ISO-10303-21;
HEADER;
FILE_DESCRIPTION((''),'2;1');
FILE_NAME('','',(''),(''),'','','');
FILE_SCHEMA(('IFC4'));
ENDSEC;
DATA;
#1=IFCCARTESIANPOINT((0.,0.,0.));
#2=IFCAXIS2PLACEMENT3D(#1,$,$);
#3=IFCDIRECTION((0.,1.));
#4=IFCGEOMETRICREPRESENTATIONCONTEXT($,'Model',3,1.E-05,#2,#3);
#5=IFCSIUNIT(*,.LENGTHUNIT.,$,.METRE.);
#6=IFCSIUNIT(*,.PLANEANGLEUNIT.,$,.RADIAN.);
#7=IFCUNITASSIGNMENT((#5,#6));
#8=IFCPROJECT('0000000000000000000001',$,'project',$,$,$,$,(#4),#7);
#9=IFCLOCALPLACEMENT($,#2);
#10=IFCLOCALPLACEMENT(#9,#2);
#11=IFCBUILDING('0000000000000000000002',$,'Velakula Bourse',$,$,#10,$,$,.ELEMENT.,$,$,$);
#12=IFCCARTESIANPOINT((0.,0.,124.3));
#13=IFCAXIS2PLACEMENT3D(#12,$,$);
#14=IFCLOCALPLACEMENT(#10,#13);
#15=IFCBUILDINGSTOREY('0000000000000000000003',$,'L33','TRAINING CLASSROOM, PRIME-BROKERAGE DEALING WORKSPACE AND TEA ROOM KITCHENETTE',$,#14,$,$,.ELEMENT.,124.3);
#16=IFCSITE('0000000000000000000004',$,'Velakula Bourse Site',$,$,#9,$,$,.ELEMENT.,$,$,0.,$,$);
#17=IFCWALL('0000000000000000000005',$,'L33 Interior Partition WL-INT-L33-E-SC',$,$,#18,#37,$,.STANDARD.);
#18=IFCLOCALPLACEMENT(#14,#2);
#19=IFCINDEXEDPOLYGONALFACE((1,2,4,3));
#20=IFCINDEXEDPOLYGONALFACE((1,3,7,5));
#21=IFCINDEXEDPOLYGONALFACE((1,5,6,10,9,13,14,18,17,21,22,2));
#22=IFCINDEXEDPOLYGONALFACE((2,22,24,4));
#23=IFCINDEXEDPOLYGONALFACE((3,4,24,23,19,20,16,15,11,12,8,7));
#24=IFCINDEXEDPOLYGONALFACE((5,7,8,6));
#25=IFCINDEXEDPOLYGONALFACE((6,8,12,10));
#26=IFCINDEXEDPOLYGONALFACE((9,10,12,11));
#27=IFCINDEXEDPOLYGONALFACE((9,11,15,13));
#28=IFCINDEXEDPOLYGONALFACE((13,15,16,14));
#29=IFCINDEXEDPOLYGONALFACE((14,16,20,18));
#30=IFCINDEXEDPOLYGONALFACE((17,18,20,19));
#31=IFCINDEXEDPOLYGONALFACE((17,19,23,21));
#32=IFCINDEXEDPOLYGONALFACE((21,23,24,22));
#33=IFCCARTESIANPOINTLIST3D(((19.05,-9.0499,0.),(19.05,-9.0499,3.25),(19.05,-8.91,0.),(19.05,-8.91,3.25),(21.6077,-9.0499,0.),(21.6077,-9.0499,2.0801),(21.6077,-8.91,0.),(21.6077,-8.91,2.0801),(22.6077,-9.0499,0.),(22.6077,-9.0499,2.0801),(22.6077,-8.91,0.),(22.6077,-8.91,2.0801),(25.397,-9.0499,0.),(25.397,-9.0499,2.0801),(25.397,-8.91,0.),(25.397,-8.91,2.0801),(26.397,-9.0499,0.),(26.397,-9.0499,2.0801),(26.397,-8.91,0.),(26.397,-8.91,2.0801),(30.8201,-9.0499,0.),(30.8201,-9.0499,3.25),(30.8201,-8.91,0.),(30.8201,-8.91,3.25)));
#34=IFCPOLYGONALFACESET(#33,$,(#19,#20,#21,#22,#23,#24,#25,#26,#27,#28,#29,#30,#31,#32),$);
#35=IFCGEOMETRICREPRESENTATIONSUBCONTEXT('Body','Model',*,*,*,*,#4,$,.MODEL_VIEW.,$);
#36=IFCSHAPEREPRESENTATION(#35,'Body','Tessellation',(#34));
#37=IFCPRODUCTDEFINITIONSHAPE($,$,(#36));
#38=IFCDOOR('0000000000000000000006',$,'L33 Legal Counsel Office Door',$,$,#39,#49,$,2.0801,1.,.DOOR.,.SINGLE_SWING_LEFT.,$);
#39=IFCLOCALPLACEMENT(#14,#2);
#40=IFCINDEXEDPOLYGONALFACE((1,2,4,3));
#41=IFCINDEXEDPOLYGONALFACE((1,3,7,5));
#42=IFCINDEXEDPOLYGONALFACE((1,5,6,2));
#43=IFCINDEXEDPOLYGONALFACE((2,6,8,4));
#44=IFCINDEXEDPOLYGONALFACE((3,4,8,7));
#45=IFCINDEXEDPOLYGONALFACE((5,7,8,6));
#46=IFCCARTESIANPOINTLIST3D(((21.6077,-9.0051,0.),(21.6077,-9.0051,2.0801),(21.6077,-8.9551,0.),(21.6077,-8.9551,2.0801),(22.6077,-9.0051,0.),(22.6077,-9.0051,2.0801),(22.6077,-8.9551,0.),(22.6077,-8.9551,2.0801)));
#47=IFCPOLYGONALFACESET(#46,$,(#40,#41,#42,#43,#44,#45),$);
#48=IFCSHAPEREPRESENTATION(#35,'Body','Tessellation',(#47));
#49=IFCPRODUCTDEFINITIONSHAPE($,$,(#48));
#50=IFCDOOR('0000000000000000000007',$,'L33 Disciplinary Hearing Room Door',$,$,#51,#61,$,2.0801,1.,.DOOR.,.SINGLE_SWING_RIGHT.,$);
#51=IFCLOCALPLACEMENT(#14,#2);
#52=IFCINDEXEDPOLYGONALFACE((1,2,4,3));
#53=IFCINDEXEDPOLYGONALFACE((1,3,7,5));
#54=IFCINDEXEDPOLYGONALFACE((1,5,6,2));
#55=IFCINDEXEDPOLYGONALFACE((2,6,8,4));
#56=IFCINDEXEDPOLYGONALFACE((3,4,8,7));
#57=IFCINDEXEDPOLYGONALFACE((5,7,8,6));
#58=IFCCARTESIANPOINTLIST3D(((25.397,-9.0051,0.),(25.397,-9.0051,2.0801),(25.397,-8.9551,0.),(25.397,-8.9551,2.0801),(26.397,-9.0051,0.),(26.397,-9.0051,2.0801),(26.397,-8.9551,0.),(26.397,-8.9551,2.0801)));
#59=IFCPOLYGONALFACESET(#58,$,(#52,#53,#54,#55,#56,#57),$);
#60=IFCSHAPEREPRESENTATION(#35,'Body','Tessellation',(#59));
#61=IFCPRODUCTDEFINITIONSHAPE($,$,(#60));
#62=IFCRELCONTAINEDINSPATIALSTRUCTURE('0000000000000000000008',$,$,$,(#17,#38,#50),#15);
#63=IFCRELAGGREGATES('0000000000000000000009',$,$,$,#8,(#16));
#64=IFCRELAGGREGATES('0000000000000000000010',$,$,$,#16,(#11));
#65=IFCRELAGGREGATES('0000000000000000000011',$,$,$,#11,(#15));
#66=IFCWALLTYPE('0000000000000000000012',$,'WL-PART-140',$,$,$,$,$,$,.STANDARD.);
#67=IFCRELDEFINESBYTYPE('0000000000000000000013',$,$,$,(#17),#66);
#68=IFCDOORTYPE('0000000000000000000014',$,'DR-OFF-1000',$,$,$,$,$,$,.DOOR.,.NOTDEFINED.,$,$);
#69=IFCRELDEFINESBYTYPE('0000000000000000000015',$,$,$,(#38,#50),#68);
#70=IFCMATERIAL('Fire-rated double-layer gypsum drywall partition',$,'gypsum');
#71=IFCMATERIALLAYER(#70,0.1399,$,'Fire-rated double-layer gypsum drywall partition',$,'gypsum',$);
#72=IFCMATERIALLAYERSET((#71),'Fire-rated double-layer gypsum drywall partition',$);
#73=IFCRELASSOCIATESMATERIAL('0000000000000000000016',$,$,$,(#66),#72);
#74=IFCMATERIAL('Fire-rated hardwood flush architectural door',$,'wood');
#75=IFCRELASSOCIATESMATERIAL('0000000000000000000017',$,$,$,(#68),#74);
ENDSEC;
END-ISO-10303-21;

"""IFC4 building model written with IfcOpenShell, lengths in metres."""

from ifc_helpers import new_model, si_unit, direction, frame, frame_2d, origin, place, context, subcontext, project, spatial, rectangle, extrude, material, layer, layer_set, type_object, element, fill, save


model = new_model("IFC4")

# Units and contexts
model_context = context("Model", 3, precision=1e-05, world=origin(), true_north=direction((0.0, 1.0)))
body_context = subcontext(model_context, "Body", "Model", "MODEL_VIEW")
ifc_project = project(units=[si_unit("LENGTHUNIT", "METRE"), si_unit("PLANEANGLEUNIT", "RADIAN")], contexts=[model_context])

# Site, building, storey
site_placement = place(None, origin())
site = spatial("IfcSite", under=ifc_project, at=site_placement, Name="Velakula Bourse Site", CompositionType="ELEMENT", RefElevation=0.0)
building_placement = place(site_placement, origin())
building = spatial("IfcBuilding", under=site, at=building_placement, Name="Velakula Bourse", CompositionType="ELEMENT")
storey_placement = place(building_placement, frame((0.0, 0.0, 124.3)))
storey = spatial("IfcBuildingStorey", under=building, at=storey_placement, Name="L33", Description="TRAINING CLASSROOM, PRIME-BROKERAGE DEALING WORKSPACE AND TEA ROOM KITCHENETTE", CompositionType="ELEMENT", Elevation=124.3)

# Shared definitions
ifc_material_1 = material(Name="Fire-rated double-layer gypsum drywall partition", Category="gypsum")

# Wall, openings, doors
ifc_layer_1 = layer(ifc_material_1, 0.1399, Name="Fire-rated double-layer gypsum drywall partition", Category="gypsum")
ifc_layer_set_1 = layer_set([ifc_layer_1], Name="Fire-rated double-layer gypsum drywall partition")
wall_type_1 = type_object("IfcWallType", Name="WL-PART-140", PredefinedType="STANDARD", material=ifc_layer_set_1)
wall_1_placement = place(storey_placement, frame((19.05, -8.98, 0.0), z_axis=(0.0, 0.0, 1.0), x_axis=(1.0, 0.0, 0.0)))
wall_1 = element("IfcWall", 1, at=wall_1_placement, inside=storey, type_object=wall_type_1, Name="L33 Interior Partition WL-INT-L33-E-SC", PredefinedType="STANDARD", context=body_context, shape_type="SweptSolid", body=[
    extrude(rectangle(XDim=11.77, YDim=0.1399, at=frame_2d((5.885, 0.0))), origin(), (0.0, 0.0, 1.0), 3.25),
])
opening_1_placement = place(wall_1_placement, frame((2.5576, 0.0, 0.0)))
opening_1 = element("IfcOpeningElement", 2, at=opening_1_placement, cuts=wall_1, PredefinedType="OPENING", context=body_context, shape_type="SweptSolid", body=[
    extrude(rectangle(XDim=1.0, YDim=2.0801, at=frame_2d((0.5, 1.04))), frame((0.0, 0.0798, 0.0), z_axis=(0.0, -1.0, 0.0), x_axis=(1.0, 0.0, 0.0)), (0.0, 0.0, 1.0), 0.1599),
])
opening_2_placement = place(wall_1_placement, frame((6.3469, 0.0, 0.0)))
opening_2 = element("IfcOpeningElement", 3, at=opening_2_placement, cuts=wall_1, PredefinedType="OPENING", context=body_context, shape_type="SweptSolid", body=[
    extrude(rectangle(XDim=1.0, YDim=2.0801, at=frame_2d((0.5, 1.04))), frame((0.0, 0.0798, 0.0), z_axis=(0.0, -1.0, 0.0), x_axis=(1.0, 0.0, 0.0)), (0.0, 0.0, 1.0), 0.1599),
])
ifc_material_2 = material(Name="Fire-rated hardwood flush architectural door", Category="wood")
door_type = type_object("IfcDoorType", Name="DR-OFF-1000", OperationType="NOTDEFINED", PredefinedType="DOOR", material=ifc_material_2)
door_1_placement = place(opening_1_placement, origin())
door_1 = element("IfcDoor", 4, at=door_1_placement, inside=storey, type_object=door_type, Name="L33 Legal Counsel Office Door", OperationType="SINGLE_SWING_LEFT", OverallHeight=2.0801, OverallWidth=1.0, PredefinedType="DOOR", context=body_context, shape_type="SweptSolid", body=[
    extrude(rectangle(XDim=1.0, YDim=2.0801, at=frame_2d((0.5, 1.04))), frame((0.0, 0.0249, 0.0), z_axis=(0.0, -1.0, 0.0), x_axis=(1.0, 0.0, 0.0)), (0.0, 0.0, 1.0), 0.05),
])
fill(opening_1, door_1)
door_2_placement = place(opening_2_placement, origin())
door_2 = element("IfcDoor", 5, at=door_2_placement, inside=storey, type_object=door_type, Name="L33 Disciplinary Hearing Room Door", OperationType="SINGLE_SWING_RIGHT", OverallHeight=2.0801, OverallWidth=1.0, PredefinedType="DOOR", context=body_context, shape_type="SweptSolid", body=[
    extrude(rectangle(XDim=1.0, YDim=2.0801, at=frame_2d((0.5, 1.04))), frame((0.0, 0.0249, 0.0), z_axis=(0.0, -1.0, 0.0), x_axis=(1.0, 0.0, 0.0)), (0.0, 0.0, 1.0), 0.05),
])
fill(opening_2, door_2)

save(model, "model.ifc")
